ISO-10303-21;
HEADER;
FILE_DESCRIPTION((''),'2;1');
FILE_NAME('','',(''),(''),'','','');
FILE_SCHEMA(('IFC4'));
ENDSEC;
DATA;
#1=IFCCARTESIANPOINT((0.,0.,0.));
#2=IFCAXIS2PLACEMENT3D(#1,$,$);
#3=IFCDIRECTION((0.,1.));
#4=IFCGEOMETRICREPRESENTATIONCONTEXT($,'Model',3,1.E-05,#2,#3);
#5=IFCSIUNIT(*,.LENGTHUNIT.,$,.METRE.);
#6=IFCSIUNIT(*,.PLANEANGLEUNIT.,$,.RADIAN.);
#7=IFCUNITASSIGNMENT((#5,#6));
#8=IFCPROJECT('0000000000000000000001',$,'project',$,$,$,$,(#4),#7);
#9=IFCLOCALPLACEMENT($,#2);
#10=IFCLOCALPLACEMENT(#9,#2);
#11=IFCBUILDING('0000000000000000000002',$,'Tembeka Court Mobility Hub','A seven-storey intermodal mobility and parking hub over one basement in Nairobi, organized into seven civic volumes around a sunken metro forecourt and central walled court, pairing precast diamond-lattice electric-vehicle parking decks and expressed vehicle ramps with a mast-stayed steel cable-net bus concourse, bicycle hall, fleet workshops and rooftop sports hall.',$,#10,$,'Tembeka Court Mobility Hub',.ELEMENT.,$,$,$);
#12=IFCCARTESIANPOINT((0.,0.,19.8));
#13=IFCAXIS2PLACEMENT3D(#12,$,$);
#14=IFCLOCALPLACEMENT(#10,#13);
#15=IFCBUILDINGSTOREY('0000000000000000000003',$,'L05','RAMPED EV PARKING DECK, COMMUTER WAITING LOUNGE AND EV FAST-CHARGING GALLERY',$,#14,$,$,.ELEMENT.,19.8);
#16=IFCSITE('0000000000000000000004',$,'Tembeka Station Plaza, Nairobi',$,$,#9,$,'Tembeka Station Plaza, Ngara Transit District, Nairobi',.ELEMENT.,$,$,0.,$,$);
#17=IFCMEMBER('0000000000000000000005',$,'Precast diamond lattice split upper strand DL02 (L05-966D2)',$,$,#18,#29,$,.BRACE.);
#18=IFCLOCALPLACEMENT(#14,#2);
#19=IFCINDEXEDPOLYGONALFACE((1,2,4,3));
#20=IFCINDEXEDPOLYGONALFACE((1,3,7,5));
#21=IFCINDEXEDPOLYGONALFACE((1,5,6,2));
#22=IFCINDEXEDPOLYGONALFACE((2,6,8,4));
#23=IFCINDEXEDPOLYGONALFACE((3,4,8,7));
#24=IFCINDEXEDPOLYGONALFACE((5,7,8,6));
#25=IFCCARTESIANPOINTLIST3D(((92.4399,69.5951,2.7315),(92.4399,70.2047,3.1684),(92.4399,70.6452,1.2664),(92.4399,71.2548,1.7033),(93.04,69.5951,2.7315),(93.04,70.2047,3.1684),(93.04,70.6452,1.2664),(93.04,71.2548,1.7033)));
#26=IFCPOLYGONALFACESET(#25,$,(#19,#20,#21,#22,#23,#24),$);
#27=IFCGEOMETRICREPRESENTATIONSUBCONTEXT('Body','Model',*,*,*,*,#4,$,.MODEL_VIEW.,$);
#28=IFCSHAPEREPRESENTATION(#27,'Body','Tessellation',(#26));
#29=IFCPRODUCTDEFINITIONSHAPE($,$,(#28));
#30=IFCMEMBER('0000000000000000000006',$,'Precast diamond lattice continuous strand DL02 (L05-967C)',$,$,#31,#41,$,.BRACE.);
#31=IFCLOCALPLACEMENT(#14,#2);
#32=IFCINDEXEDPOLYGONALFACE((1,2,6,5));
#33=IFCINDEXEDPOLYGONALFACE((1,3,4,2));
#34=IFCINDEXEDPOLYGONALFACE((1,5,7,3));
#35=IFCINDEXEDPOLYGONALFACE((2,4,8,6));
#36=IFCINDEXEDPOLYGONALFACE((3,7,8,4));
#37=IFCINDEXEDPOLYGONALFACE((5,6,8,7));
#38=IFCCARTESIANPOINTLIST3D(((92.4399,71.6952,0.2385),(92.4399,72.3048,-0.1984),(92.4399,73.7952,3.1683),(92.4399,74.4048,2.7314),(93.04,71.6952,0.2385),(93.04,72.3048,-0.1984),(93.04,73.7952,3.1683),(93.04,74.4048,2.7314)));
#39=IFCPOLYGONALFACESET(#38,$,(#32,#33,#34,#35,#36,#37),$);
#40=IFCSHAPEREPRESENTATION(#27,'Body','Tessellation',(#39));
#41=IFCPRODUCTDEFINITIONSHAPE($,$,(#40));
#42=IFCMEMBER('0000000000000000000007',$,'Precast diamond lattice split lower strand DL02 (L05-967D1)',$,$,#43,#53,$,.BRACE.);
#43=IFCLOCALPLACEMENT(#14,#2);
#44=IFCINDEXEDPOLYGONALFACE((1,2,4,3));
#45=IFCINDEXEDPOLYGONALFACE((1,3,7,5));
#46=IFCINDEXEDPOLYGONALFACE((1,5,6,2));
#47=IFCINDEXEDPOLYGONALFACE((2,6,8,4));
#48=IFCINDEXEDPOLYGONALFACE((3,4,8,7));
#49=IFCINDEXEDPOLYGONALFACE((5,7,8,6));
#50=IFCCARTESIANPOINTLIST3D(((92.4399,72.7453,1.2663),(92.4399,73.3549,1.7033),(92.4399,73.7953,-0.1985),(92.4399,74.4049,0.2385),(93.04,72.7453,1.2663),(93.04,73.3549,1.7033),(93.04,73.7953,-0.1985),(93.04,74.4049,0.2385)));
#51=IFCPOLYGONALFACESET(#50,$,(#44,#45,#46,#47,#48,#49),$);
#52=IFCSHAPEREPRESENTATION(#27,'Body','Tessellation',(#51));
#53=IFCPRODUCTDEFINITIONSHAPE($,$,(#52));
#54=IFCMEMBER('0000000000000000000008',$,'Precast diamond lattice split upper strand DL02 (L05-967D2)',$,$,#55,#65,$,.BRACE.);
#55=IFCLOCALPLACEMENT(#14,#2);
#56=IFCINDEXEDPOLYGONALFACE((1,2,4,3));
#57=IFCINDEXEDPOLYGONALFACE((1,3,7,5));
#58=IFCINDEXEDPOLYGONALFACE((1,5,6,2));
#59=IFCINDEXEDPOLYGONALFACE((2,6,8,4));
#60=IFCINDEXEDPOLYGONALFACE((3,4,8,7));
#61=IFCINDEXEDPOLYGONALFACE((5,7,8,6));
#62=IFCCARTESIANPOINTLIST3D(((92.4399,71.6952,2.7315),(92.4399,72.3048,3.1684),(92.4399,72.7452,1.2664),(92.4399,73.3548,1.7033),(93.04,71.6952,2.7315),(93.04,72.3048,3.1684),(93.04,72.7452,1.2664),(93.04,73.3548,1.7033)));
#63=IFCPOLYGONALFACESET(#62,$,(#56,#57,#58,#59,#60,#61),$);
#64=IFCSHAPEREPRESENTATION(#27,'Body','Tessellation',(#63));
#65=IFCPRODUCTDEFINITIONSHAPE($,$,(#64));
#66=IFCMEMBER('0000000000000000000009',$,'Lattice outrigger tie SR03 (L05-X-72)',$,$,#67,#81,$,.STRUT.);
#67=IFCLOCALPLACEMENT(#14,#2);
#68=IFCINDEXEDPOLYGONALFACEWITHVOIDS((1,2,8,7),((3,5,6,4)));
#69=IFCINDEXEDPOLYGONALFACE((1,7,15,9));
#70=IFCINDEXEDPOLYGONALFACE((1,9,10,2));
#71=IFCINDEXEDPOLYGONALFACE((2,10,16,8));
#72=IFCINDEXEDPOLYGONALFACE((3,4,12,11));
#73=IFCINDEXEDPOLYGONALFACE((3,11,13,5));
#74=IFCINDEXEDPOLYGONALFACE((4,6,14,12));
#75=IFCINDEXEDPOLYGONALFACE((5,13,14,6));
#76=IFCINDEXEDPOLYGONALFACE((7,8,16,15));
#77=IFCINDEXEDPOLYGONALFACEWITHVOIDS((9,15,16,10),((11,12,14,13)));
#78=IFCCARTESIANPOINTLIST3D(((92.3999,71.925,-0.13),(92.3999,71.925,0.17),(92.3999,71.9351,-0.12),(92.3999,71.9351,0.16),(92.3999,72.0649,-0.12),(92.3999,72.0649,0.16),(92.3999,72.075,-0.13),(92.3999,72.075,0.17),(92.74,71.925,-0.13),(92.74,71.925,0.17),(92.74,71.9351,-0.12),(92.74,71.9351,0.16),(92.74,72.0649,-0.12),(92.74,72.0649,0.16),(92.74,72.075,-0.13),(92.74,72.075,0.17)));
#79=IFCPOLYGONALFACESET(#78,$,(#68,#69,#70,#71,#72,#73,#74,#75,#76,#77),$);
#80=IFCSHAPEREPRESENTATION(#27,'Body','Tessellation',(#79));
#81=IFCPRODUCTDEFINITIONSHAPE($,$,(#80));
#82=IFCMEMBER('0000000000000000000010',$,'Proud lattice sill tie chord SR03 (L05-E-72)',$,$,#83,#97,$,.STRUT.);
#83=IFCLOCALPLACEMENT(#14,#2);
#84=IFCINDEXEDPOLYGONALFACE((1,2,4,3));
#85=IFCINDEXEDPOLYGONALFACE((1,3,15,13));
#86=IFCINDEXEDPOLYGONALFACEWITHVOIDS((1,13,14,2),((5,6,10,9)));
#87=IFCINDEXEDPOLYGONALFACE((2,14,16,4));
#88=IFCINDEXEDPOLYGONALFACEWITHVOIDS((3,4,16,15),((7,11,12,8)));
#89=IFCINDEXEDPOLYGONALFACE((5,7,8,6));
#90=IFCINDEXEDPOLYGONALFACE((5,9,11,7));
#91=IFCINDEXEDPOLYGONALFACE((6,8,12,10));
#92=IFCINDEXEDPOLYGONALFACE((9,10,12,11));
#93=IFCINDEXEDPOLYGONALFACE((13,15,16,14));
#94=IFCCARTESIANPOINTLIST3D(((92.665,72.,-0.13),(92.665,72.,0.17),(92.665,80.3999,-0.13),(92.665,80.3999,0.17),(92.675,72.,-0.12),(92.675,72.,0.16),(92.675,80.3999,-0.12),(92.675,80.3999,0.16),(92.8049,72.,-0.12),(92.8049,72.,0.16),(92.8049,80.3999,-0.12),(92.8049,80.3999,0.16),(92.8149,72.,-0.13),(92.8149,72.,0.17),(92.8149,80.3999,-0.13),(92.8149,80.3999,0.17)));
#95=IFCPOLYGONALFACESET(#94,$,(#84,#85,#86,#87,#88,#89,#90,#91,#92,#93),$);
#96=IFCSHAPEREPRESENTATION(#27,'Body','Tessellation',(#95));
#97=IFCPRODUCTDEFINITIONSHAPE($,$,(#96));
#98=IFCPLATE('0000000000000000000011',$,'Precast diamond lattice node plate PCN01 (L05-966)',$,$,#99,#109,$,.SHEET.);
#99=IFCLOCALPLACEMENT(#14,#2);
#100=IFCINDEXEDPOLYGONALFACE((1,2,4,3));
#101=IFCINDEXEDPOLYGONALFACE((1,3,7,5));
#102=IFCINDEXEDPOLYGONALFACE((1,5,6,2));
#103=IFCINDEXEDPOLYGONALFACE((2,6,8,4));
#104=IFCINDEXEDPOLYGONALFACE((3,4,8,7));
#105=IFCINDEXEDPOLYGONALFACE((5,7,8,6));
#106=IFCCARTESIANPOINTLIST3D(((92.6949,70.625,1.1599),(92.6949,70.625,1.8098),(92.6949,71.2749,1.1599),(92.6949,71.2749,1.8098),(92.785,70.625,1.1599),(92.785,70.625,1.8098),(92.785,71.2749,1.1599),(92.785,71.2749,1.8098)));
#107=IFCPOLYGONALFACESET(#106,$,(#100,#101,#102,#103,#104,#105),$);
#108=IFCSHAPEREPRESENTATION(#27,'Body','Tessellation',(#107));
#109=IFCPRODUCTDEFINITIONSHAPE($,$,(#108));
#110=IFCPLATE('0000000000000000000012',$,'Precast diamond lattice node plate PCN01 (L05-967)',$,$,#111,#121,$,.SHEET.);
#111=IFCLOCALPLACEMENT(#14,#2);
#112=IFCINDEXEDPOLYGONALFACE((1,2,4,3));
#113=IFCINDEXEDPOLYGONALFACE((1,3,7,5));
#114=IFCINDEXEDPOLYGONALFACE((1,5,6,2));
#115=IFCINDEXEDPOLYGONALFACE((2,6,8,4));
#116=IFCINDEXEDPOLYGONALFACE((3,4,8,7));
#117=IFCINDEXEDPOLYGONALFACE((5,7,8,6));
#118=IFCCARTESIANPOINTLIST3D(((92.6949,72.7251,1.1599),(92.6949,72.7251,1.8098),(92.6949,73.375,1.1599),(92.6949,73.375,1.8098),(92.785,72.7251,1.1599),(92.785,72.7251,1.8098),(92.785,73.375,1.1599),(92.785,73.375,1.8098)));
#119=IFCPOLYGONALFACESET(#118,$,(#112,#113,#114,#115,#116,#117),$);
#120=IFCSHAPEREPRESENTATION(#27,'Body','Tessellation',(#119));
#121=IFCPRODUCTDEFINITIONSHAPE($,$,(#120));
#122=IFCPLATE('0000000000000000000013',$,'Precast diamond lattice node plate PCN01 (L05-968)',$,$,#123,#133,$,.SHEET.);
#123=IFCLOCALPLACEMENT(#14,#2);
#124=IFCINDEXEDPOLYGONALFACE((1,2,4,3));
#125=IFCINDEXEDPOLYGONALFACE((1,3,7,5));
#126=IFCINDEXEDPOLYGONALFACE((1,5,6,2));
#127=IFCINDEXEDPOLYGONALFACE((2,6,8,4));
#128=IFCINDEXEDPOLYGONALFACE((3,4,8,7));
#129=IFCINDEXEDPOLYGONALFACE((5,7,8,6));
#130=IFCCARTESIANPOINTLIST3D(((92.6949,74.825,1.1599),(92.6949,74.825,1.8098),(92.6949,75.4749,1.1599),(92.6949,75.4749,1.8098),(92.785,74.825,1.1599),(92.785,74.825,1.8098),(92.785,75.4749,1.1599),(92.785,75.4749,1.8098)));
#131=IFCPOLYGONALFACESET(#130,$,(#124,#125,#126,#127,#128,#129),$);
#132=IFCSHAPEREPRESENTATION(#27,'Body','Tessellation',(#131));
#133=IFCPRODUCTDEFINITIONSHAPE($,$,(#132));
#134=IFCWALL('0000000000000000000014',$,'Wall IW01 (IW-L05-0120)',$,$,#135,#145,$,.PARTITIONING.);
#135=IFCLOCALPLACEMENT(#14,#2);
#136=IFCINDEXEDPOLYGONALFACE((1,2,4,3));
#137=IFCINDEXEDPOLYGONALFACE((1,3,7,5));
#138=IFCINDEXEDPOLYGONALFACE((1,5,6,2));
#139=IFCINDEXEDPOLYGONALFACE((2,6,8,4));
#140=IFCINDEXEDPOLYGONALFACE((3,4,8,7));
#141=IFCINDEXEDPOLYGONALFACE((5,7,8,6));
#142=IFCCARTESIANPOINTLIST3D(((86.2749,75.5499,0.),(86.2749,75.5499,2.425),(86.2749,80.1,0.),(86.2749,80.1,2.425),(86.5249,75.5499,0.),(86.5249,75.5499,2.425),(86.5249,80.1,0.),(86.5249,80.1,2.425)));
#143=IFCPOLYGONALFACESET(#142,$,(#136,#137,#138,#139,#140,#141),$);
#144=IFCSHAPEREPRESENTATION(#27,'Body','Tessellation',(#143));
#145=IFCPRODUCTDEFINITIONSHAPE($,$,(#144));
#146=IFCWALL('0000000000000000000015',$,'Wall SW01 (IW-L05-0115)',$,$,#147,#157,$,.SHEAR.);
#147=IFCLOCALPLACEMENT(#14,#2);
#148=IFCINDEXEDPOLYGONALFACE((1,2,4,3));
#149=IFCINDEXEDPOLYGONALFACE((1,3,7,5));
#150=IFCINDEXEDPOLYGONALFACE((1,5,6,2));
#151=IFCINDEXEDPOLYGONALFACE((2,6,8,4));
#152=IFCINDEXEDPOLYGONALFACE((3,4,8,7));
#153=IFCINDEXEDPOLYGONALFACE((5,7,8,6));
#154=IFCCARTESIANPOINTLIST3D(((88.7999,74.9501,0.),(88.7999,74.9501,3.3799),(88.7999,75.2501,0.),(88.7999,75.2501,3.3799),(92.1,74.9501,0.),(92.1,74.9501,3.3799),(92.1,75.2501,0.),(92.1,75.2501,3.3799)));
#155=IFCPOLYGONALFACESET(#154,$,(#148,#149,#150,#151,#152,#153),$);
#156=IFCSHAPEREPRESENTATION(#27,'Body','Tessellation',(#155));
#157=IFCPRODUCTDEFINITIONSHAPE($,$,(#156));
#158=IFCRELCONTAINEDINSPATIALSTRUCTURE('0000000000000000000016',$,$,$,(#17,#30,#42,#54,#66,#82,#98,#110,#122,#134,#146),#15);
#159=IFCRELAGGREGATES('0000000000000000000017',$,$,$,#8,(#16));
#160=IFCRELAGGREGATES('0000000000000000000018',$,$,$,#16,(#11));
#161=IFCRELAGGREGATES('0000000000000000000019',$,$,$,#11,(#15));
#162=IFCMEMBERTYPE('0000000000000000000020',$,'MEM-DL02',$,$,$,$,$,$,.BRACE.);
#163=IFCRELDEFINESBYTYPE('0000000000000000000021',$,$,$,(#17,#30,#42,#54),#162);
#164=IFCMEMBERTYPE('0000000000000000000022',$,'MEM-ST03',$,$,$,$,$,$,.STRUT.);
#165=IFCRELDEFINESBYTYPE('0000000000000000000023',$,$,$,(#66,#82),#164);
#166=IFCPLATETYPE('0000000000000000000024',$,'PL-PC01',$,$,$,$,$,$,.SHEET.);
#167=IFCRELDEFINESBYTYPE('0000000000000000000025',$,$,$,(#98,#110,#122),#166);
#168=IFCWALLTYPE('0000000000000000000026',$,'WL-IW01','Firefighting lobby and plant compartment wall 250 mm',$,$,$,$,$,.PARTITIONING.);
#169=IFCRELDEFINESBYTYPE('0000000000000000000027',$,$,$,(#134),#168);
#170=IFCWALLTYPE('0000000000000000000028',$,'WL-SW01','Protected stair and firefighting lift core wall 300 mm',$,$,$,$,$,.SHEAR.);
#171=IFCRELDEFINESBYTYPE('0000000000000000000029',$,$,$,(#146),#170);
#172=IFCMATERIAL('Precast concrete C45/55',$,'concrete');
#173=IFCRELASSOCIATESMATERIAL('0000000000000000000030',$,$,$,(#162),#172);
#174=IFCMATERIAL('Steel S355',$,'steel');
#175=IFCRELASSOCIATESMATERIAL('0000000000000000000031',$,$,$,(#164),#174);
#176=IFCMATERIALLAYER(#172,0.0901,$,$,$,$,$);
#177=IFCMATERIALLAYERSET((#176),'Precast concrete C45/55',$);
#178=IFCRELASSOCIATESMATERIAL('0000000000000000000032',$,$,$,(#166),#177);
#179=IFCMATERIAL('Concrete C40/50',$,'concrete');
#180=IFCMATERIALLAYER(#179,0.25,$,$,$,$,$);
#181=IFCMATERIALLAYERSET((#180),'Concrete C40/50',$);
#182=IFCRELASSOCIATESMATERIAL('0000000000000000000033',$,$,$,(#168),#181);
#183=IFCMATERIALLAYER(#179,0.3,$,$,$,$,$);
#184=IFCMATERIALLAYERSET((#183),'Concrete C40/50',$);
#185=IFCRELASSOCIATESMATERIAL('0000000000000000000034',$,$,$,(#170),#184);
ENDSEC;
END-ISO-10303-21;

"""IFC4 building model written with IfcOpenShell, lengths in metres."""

from ifc_helpers import new_model, si_unit, direction, frame, frame_2d, origin, origin_2d, place, context, subcontext, project, spatial, rectangle, hollow_rectangle, extrude, material, layer, layer_set, material_profile, profile_set, type_object, element, save


model = new_model("IFC4")

# Units and contexts
model_context = context("Model", 3, precision=1e-05, world=origin(), true_north=direction((0.0, 1.0)))
body_context = subcontext(model_context, "Body", "Model", "MODEL_VIEW")
ifc_project = project(units=[si_unit("LENGTHUNIT", "METRE"), si_unit("PLANEANGLEUNIT", "RADIAN")], contexts=[model_context])

# Site, building, storey
site_placement = place(None, origin())
site = spatial("IfcSite", under=ifc_project, at=site_placement, Name="Tembeka Station Plaza, Nairobi", LongName="Tembeka Station Plaza, Ngara Transit District, Nairobi", CompositionType="ELEMENT", RefElevation=0.0)
building_placement = place(site_placement, origin())
building = spatial("IfcBuilding", under=site, at=building_placement, Name="Tembeka Court Mobility Hub", Description="A seven-storey intermodal mobility and parking hub over one basement in Nairobi, organized into seven civic volumes around a sunken metro forecourt and central walled court, pairing precast diamond-lattice electric-vehicle parking decks and expressed vehicle ramps with a mast-stayed steel cable-net bus concourse, bicycle hall, fleet workshops and rooftop sports hall.", LongName="Tembeka Court Mobility Hub", CompositionType="ELEMENT")
storey_placement = place(building_placement, frame((0.0, 0.0, 19.8)))
storey = spatial("IfcBuildingStorey", under=building, at=storey_placement, Name="L05", Description="RAMPED EV PARKING DECK, COMMUTER WAITING LOUNGE AND EV FAST-CHARGING GALLERY", CompositionType="ELEMENT", Elevation=19.8)

# Shared definitions
ifc_material_1 = material(Name="Steel S355", Category="steel")

# Shared definitions
ifc_material_2 = material(Name="Precast concrete C45/55", Category="concrete")

# Members
ifc_material_profile_1 = material_profile(ifc_material_2, rectangle(XDim=0.6001, YDim=0.75, at=origin_2d()), Name="PC-DIAG 600x750")
ifc_profile_set_1 = profile_set([ifc_material_profile_1], Name="Precast concrete C45/55")
member_type_1 = type_object("IfcMemberType", Name="MEM-DL02", PredefinedType="BRACE", material=ifc_profile_set_1)
member_1_placement = place(storey_placement, frame((92.74, 70.95, 1.4849), z_axis=(0.0, -0.582544, 0.812799), x_axis=(1.0, 0.0, 0.0)))
element("IfcMember", 1, at=member_1_placement, inside=storey, type_object=member_type_1, Name="Precast diamond lattice split upper strand DL02 (L05-966D2)", PredefinedType="BRACE", context=body_context, shape_type="SweptSolid", body=[
    extrude(rectangle(XDim=0.6001, YDim=0.75, at=origin_2d()), origin(), (0.0, 0.0, 1.0), 1.8025),
])
member_2_placement = place(storey_placement, frame((92.74, 72.0, 0.02), z_axis=(0.0, 0.582576, 0.812776), x_axis=(-1.0, 0.0, 0.0)))
element("IfcMember", 2, at=member_2_placement, inside=storey, type_object=member_type_1, Name="Precast diamond lattice continuous strand DL02 (L05-967C)", PredefinedType="BRACE", context=body_context, shape_type="SweptSolid", body=[
    extrude(rectangle(XDim=0.6001, YDim=0.75, at=origin_2d()), origin(), (0.0, 0.0, 1.0), 3.6047),
])
member_3_placement = place(storey_placement, frame((92.74, 74.1001, 0.02), z_axis=(0.0, -0.582608, 0.812753), x_axis=(1.0, 0.0, 0.0)))
element("IfcMember", 3, at=member_3_placement, inside=storey, type_object=member_type_1, Name="Precast diamond lattice split lower strand DL02 (L05-967D1)", PredefinedType="BRACE", context=body_context, shape_type="SweptSolid", body=[
    extrude(rectangle(XDim=0.6001, YDim=0.75, at=origin_2d()), origin(), (0.0, 0.0, 1.0), 1.8022),
])
member_4_placement = place(storey_placement, frame((92.74, 73.05, 1.4849), z_axis=(0.0, -0.582544, 0.812799), x_axis=(1.0, 0.0, 0.0)))
element("IfcMember", 4, at=member_4_placement, inside=storey, type_object=member_type_1, Name="Precast diamond lattice split upper strand DL02 (L05-967D2)", PredefinedType="BRACE", context=body_context, shape_type="SweptSolid", body=[
    extrude(rectangle(XDim=0.6001, YDim=0.75, at=origin_2d()), origin(), (0.0, 0.0, 1.0), 1.8025),
])
ifc_material_profile_2 = material_profile(ifc_material_1, hollow_rectangle(XDim=0.1499, YDim=0.3, WallThickness=0.01, at=origin_2d()), Name="RHS 300x150x10")
ifc_profile_set_2 = profile_set([ifc_material_profile_2], Name="Steel S355")
member_type_2 = type_object("IfcMemberType", Name="MEM-ST03", PredefinedType="STRUT", material=ifc_profile_set_2)
member_5_placement = place(storey_placement, frame((92.3999, 72.0, 0.02), z_axis=(1.0, 0.0, 0.0), x_axis=(0.0, 1.0, 0.0)))
element("IfcMember", 5, at=member_5_placement, inside=storey, type_object=member_type_2, Name="Lattice outrigger tie SR03 (L05-X-72)", PredefinedType="STRUT", context=body_context, shape_type="SweptSolid", body=[
    extrude(hollow_rectangle(XDim=0.1499, YDim=0.3, WallThickness=0.01, at=origin_2d()), origin(), (0.0, 0.0, 1.0), 0.3401),
])
member_6_placement = place(storey_placement, frame((92.74, 72.0, 0.02), z_axis=(0.0, 1.0, 0.0), x_axis=(-1.0, 0.0, 0.0)))
element("IfcMember", 6, at=member_6_placement, inside=storey, type_object=member_type_2, Name="Proud lattice sill tie chord SR03 (L05-E-72)", PredefinedType="STRUT", context=body_context, shape_type="SweptSolid", body=[
    extrude(hollow_rectangle(XDim=0.1499, YDim=0.3, WallThickness=0.01, at=origin_2d()), origin(), (0.0, 0.0, 1.0), 8.3999),
])

# Plates
ifc_layer_1 = layer(ifc_material_2, 0.0901)
ifc_layer_set_1 = layer_set([ifc_layer_1], Name="Precast concrete C45/55")
plate_type = type_object("IfcPlateType", Name="PL-PC01", PredefinedType="SHEET", material=ifc_layer_set_1)
for number, where, z_axis, x_axis, name in (
    (7, (92.74, 70.95, 1.1599), (0.0, 0.0, 1.0), (1.0, 0.0, 0.0), "Precast diamond lattice node plate PCN01 (L05-966)"),
    (8, (92.74, 73.05, 1.1599), (0.0, 0.0, 1.0), (1.0, 0.0, 0.0), "Precast diamond lattice node plate PCN01 (L05-967)"),
    (9, (92.74, 75.1499, 1.1599), (0.0, 0.0, 1.0), (1.0, 0.0, 0.0), "Precast diamond lattice node plate PCN01 (L05-968)"),
):
    element("IfcPlate", number, at=place(storey_placement, frame(where, z_axis=z_axis, x_axis=x_axis)), inside=storey, type_object=plate_type, Name=name, PredefinedType="SHEET", context=body_context, shape_type="SweptSolid", body=[
        extrude(rectangle(XDim=0.0901, YDim=0.6499, at=origin_2d()), origin(), (0.0, 0.0, 1.0), 0.6499),
    ])

# Walls
ifc_material_3 = material(Name="Concrete C40/50", Category="concrete")
ifc_layer_2 = layer(ifc_material_3, 0.25)
ifc_layer_set_2 = layer_set([ifc_layer_2], Name="Concrete C40/50")
wall_type_1 = type_object("IfcWallType", Name="WL-IW01", Description="Firefighting lobby and plant compartment wall 250 mm", PredefinedType="PARTITIONING", material=ifc_layer_set_2)
wall_1_placement = place(storey_placement, frame((86.3999, 75.55, 0.0), z_axis=(0.0, 0.0, 1.0), x_axis=(0.0, 1.0, 0.0)))
element("IfcWall", 10, at=wall_1_placement, inside=storey, type_object=wall_type_1, Name="Wall IW01 (IW-L05-0120)", PredefinedType="PARTITIONING", context=body_context, shape_type="SweptSolid", body=[
    extrude(rectangle(XDim=4.55, YDim=0.25, at=frame_2d((2.2749, 0.0))), origin(), (0.0, 0.0, 1.0), 2.425),
])
ifc_layer_3 = layer(ifc_material_3, 0.3)
ifc_layer_set_3 = layer_set([ifc_layer_3], Name="Concrete C40/50")
wall_type_2 = type_object("IfcWallType", Name="WL-SW01", Description="Protected stair and firefighting lift core wall 300 mm", PredefinedType="SHEAR", material=ifc_layer_set_3)
wall_2_placement = place(storey_placement, frame((88.8, 75.1001, 0.0), z_axis=(0.0, 0.0, 1.0), x_axis=(1.0, 0.0, 0.0)))
element("IfcWall", 11, at=wall_2_placement, inside=storey, type_object=wall_type_2, Name="Wall SW01 (IW-L05-0115)", PredefinedType="SHEAR", context=body_context, shape_type="SweptSolid", body=[
    extrude(rectangle(XDim=3.3, YDim=0.3, at=frame_2d((1.6499, 0.0))), origin(), (0.0, 0.0, 1.0), 3.3799),
])

save(model, "model.ifc")
